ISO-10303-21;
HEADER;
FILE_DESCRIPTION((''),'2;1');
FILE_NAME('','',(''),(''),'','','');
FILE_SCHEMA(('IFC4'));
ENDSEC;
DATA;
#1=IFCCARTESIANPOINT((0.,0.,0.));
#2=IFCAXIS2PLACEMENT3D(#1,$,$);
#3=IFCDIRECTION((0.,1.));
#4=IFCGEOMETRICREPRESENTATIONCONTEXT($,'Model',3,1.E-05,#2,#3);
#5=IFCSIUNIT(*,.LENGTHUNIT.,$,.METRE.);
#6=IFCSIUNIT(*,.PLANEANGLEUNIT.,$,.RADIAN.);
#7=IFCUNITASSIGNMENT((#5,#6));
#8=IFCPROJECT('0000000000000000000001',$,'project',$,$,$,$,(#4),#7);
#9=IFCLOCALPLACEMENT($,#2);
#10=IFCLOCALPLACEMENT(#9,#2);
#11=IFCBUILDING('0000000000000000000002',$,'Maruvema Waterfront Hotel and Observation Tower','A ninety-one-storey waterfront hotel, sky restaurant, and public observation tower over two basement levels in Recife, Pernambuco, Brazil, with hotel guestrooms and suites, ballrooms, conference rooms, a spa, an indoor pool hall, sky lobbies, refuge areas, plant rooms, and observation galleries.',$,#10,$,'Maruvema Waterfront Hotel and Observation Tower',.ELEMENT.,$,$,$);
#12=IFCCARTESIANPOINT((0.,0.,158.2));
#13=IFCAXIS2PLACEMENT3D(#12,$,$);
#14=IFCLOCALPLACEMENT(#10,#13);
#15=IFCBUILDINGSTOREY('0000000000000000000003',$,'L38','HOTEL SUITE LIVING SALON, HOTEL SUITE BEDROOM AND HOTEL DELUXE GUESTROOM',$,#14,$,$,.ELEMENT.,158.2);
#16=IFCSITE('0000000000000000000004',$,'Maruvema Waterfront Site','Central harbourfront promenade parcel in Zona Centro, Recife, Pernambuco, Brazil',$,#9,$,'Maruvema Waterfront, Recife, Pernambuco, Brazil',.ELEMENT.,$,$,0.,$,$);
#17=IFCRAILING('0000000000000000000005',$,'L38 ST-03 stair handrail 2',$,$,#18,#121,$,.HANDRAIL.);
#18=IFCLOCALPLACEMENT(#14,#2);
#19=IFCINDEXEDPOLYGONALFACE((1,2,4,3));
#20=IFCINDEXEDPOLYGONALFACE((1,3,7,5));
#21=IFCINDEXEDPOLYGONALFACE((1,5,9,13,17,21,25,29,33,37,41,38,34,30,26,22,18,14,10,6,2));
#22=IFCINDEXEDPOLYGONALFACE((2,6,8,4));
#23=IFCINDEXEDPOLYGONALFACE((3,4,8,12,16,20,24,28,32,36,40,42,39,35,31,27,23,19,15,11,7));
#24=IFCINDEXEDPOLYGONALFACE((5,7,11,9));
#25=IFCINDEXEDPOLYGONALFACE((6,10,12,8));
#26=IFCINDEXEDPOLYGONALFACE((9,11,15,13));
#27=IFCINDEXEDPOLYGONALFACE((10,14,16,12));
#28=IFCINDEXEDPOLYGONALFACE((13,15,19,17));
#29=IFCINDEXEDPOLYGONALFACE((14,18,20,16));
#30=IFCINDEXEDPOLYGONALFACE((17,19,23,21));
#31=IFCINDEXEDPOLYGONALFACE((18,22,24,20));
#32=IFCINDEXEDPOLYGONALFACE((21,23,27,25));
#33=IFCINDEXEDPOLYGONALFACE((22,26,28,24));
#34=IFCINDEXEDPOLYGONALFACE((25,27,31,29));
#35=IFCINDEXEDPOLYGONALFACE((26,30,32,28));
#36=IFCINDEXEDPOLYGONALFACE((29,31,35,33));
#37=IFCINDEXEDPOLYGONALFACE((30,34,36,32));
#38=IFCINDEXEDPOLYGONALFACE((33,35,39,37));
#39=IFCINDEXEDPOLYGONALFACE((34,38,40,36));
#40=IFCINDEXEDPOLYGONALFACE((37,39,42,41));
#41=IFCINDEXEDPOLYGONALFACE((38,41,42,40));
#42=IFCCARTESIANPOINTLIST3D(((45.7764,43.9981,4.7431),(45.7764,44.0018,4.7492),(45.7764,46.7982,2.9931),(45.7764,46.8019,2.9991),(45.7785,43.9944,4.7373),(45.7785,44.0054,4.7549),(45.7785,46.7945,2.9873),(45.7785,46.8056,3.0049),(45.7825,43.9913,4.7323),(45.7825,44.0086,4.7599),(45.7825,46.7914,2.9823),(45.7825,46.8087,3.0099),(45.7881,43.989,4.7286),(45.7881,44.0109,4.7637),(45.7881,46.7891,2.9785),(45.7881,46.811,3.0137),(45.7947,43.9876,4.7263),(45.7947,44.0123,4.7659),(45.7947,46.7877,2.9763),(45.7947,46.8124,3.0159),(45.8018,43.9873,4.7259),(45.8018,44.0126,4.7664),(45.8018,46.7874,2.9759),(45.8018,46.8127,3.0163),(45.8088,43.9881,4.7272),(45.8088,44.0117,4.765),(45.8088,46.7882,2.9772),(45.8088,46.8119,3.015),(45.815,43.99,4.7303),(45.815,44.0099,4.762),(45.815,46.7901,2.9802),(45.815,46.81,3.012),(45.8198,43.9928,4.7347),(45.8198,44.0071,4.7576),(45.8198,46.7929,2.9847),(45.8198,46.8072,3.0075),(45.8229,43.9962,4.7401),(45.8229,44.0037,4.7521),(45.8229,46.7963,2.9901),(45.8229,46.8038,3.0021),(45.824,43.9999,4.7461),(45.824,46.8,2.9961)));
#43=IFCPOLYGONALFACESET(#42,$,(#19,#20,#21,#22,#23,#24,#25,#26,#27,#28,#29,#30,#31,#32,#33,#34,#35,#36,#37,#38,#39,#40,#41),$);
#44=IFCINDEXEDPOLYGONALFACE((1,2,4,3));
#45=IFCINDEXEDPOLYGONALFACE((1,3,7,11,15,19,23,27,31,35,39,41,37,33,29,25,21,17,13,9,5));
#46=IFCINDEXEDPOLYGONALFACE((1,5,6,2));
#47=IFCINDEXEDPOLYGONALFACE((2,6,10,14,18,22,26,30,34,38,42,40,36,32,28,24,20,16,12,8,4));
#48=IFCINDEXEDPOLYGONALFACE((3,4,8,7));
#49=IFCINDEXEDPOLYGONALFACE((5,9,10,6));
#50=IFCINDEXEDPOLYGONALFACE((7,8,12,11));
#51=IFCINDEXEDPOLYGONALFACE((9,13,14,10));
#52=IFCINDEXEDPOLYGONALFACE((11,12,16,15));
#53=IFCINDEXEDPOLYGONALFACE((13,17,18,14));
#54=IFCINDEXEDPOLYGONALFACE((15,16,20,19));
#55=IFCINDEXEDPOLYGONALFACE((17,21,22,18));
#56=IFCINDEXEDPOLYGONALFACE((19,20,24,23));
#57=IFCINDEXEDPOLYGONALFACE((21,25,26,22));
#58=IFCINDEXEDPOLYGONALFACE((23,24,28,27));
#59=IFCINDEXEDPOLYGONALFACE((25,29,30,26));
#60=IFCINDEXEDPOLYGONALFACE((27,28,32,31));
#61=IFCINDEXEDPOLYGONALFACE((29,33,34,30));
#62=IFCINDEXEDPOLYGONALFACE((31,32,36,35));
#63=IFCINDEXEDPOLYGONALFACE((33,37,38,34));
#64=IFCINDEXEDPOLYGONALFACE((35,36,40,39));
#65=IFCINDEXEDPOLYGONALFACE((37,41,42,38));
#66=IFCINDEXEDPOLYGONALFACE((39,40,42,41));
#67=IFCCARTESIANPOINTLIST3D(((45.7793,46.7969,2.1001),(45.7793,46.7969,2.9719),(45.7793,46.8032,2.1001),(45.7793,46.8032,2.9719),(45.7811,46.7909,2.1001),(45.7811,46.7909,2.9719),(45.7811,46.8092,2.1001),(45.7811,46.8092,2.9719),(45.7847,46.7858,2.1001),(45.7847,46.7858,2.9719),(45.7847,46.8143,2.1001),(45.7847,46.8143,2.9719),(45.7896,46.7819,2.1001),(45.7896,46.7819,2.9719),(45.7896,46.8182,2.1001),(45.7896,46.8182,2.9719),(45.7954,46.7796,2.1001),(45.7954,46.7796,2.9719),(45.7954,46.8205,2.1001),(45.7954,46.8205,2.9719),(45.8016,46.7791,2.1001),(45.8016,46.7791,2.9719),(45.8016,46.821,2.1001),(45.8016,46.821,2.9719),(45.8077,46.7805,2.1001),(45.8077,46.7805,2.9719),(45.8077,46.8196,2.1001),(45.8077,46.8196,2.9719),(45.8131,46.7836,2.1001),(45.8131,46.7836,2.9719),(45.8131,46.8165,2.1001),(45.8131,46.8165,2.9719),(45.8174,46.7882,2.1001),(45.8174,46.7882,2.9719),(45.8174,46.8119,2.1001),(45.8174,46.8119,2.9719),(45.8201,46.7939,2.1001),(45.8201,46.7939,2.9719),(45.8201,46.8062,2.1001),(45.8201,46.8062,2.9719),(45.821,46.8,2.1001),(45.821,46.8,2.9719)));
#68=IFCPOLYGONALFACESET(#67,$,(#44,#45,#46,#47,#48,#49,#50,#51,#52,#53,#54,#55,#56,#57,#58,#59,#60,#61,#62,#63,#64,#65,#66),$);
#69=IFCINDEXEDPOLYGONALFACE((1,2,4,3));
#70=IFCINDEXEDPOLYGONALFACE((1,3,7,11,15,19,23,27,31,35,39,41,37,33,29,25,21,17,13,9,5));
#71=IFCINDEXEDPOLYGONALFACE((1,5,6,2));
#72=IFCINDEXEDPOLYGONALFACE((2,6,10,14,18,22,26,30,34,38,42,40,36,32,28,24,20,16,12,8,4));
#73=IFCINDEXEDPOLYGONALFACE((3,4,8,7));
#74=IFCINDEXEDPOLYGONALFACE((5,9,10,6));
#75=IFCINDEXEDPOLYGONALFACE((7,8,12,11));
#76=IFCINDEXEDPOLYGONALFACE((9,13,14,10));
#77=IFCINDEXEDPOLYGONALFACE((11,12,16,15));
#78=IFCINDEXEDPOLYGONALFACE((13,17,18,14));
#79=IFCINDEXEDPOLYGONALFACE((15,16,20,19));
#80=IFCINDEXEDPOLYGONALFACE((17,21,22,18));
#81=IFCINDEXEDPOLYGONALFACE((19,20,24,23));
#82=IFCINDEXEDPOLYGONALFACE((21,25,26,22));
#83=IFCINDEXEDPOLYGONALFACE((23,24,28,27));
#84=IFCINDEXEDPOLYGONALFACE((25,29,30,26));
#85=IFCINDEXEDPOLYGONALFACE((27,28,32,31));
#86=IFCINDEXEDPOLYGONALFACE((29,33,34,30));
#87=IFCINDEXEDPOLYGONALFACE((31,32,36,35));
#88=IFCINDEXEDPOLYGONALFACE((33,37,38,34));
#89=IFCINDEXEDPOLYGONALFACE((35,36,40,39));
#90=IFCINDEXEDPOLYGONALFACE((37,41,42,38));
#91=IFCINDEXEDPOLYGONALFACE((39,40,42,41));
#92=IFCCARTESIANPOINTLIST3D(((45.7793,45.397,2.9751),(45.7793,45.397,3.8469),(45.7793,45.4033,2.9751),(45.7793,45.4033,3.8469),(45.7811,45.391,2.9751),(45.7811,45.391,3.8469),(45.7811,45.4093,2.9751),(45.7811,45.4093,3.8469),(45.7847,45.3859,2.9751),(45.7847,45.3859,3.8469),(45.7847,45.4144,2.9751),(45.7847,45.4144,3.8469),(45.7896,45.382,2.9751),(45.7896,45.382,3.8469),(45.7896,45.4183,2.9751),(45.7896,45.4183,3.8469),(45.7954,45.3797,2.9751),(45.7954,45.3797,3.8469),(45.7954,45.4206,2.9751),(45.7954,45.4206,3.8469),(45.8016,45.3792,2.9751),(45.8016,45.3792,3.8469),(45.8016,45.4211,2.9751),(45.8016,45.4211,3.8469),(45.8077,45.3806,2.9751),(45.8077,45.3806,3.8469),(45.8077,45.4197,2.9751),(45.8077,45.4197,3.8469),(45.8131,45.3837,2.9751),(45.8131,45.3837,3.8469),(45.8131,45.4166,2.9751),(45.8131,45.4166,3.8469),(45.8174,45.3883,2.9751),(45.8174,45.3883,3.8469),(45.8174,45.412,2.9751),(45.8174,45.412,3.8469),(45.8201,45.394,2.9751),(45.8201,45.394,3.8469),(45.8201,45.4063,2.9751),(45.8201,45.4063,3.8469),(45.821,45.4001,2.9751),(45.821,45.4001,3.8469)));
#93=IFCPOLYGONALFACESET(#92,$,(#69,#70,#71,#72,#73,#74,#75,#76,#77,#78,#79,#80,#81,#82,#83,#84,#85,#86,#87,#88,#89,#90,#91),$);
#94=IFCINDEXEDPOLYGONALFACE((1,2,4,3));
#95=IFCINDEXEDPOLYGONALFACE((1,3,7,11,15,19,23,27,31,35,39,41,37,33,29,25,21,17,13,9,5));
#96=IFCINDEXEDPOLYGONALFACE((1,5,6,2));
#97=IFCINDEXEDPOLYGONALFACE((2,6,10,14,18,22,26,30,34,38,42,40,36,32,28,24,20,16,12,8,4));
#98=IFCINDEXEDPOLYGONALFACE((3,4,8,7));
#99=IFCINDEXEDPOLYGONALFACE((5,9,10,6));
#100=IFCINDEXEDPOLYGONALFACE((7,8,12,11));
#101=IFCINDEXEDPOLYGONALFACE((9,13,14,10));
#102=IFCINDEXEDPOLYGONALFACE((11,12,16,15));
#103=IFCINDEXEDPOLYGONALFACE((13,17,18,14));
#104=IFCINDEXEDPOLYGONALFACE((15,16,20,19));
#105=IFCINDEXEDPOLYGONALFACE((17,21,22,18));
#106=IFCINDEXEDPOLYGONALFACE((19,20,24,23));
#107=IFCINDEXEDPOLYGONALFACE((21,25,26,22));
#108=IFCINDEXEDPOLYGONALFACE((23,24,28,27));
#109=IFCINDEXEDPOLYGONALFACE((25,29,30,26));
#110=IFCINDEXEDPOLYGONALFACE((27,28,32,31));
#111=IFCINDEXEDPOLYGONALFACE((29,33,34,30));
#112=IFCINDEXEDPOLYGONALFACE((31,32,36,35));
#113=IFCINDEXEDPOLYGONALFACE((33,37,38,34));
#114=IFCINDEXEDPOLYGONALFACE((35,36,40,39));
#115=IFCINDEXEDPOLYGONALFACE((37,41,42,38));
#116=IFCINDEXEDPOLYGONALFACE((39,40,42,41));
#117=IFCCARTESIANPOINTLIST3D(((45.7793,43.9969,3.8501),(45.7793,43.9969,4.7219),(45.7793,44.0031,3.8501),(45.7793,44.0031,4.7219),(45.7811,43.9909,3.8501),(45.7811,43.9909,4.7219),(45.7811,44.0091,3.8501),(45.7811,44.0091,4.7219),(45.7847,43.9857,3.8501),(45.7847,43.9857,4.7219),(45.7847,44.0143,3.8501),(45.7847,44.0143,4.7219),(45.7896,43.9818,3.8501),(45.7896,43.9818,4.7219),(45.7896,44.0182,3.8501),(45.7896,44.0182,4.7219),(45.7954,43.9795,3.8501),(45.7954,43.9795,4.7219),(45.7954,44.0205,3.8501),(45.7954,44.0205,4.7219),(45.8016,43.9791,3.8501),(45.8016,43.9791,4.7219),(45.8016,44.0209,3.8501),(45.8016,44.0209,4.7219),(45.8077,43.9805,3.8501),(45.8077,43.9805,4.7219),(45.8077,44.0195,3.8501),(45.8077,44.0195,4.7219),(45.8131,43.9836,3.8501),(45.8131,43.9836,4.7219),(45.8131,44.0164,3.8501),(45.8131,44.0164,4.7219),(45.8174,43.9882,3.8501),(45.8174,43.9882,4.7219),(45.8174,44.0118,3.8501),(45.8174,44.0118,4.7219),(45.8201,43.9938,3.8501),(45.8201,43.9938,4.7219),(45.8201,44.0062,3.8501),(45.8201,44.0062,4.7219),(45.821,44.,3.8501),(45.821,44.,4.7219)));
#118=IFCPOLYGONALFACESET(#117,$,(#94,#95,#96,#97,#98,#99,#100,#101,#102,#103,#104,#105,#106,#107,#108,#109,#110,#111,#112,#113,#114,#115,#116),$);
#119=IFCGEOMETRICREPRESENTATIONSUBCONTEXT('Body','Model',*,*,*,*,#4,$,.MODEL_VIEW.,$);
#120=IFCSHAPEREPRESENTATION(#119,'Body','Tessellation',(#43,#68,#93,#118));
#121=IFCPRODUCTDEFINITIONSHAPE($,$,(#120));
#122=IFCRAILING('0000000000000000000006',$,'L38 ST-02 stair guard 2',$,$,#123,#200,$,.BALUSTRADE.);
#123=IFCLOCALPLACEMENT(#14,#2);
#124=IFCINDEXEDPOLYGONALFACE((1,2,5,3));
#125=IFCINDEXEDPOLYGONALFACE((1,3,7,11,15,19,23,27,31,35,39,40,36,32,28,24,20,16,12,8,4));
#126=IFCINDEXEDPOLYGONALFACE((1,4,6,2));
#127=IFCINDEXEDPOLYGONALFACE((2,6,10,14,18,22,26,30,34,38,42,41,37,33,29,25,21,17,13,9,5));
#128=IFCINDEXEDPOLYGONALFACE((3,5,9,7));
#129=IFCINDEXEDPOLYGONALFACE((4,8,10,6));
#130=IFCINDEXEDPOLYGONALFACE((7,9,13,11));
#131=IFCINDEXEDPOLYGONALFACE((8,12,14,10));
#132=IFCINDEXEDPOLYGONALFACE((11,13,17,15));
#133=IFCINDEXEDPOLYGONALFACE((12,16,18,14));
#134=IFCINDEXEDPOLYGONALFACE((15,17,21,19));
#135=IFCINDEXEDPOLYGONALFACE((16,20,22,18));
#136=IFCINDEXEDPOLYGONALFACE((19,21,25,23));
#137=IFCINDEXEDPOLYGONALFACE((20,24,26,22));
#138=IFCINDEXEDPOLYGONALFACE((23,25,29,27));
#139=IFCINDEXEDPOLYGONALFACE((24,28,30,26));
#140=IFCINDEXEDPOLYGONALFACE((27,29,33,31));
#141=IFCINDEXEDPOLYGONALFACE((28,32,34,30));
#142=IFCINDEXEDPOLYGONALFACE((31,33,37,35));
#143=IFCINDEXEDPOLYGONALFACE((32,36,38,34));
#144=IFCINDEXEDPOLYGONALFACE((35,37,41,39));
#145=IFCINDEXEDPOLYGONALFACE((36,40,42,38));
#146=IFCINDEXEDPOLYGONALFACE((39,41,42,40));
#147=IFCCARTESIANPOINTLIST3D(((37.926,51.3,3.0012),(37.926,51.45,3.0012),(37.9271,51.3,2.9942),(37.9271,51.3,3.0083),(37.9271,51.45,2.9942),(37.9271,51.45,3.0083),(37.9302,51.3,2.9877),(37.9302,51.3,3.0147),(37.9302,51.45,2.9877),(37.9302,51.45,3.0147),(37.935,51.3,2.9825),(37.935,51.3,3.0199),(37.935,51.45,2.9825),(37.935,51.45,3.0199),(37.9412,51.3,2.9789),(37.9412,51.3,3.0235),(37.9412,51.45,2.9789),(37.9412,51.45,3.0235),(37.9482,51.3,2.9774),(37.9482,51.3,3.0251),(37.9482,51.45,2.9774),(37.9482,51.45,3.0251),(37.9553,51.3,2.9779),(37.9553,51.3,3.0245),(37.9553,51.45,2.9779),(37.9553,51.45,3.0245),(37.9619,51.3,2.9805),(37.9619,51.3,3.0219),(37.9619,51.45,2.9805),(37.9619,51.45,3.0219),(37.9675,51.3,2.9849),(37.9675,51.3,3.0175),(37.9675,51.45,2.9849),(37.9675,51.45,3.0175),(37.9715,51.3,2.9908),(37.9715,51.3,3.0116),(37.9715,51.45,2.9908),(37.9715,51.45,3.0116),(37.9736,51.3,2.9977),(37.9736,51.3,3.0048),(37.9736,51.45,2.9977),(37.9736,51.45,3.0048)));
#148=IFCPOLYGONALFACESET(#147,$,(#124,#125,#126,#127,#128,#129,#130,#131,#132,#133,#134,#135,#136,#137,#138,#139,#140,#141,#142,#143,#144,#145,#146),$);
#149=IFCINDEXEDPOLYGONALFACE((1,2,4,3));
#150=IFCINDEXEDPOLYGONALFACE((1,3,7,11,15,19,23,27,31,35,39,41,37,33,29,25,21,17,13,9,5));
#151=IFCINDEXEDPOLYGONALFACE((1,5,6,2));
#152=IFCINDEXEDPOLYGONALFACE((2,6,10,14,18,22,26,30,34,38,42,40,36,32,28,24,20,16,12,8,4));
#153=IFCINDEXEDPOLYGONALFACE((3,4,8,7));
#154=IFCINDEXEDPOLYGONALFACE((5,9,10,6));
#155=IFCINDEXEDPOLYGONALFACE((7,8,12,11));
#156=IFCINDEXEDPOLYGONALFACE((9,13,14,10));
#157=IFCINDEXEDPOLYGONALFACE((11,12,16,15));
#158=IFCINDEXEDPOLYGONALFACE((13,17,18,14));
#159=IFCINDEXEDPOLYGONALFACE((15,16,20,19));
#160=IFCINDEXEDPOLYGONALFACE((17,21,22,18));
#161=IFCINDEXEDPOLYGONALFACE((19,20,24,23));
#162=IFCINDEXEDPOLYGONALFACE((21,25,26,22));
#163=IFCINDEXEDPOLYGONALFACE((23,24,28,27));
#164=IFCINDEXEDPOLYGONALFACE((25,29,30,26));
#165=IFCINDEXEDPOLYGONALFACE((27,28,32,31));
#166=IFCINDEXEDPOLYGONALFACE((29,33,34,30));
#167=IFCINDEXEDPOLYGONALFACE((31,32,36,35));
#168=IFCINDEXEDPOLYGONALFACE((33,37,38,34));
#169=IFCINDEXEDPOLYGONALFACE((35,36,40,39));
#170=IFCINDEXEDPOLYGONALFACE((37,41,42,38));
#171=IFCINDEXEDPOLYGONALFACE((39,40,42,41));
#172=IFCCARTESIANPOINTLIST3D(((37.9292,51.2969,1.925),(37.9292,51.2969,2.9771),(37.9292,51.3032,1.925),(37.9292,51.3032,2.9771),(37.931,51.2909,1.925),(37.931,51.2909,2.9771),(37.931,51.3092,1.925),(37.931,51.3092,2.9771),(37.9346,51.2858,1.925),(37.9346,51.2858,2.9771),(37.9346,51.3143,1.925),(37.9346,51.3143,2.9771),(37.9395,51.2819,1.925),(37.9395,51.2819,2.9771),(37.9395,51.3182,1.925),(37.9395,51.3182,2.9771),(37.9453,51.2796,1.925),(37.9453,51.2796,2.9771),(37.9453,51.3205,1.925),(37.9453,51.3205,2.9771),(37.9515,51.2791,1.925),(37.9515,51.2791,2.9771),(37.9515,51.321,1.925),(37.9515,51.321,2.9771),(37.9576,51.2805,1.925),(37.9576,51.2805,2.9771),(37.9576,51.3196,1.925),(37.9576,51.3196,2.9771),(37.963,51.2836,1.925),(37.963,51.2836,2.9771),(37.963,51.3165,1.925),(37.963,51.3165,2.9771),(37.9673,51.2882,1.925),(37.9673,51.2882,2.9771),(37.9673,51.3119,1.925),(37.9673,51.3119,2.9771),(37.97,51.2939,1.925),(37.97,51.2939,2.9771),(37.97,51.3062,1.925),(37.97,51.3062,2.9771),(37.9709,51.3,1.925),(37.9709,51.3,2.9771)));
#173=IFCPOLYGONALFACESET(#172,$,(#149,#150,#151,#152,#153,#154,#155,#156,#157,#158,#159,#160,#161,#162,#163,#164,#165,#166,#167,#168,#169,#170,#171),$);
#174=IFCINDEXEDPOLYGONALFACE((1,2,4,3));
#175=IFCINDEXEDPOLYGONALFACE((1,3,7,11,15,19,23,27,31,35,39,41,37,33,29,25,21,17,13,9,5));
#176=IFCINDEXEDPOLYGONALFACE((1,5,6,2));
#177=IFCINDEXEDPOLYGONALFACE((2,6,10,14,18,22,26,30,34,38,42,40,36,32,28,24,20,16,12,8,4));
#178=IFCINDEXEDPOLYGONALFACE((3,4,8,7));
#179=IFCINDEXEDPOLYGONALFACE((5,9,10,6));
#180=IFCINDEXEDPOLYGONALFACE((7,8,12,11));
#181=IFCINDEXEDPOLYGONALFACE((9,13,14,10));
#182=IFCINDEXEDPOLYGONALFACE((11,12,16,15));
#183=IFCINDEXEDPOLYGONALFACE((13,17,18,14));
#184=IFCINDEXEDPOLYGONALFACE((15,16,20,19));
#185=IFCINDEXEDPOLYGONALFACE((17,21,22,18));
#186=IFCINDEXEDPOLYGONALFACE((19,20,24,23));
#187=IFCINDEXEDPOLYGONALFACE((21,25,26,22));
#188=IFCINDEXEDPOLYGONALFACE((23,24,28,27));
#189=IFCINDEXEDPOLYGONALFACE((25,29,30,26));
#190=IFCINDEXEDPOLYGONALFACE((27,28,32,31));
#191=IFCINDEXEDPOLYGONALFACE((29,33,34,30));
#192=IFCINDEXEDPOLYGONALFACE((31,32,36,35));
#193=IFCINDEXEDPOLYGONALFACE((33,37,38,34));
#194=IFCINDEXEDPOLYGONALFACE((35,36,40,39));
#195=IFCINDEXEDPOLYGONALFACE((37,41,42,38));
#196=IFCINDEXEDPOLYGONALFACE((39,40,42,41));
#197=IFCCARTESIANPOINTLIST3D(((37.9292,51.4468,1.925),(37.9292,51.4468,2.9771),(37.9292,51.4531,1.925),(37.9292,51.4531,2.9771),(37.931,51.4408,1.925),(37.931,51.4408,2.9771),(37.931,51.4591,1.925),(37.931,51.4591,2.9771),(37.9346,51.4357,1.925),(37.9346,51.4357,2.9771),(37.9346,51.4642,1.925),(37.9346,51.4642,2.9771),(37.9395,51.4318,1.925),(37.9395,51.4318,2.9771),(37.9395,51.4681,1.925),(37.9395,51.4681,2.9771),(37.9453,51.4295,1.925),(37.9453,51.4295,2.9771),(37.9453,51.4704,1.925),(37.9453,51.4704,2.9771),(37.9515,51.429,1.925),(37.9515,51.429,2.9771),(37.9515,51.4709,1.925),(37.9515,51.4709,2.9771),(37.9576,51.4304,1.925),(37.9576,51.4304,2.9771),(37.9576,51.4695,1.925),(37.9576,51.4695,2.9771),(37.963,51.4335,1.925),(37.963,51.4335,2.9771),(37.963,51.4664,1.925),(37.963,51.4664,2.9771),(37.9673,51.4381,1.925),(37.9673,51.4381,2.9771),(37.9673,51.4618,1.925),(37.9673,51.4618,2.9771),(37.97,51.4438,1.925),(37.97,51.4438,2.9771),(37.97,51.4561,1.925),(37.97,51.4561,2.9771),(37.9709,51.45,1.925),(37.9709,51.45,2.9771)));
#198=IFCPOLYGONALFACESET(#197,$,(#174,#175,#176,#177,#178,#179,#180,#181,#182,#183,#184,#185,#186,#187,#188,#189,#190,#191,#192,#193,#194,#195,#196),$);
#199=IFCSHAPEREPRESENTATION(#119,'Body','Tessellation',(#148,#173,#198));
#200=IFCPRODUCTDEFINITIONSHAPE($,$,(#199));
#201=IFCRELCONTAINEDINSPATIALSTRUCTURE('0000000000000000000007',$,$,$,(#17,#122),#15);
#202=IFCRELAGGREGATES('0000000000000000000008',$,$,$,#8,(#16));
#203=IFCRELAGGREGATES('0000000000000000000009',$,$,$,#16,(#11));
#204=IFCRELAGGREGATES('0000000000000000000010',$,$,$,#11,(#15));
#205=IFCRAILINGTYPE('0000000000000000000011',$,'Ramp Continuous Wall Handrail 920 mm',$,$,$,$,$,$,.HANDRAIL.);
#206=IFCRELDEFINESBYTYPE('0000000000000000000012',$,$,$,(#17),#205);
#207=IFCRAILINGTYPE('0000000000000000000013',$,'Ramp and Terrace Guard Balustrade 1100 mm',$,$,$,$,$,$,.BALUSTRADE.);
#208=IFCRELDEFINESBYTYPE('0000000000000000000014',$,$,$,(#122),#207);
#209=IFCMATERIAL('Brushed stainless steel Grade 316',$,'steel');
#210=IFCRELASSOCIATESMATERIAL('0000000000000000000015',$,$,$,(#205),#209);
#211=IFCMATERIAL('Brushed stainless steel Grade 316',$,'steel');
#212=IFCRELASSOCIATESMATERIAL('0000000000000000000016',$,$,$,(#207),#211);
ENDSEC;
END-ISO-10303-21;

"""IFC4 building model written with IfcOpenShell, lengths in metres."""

from ifc_helpers import new_model, si_unit, direction, frame, origin, origin_2d, place, context, subcontext, project, spatial, circle, extrude, material, type_object, element, save


model = new_model("IFC4")

# Units and contexts
model_context = context("Model", 3, precision=1e-05, world=origin(), true_north=direction((0.0, 1.0)))
body_context = subcontext(model_context, "Body", "Model", "MODEL_VIEW")
ifc_project = project(units=[si_unit("LENGTHUNIT", "METRE"), si_unit("PLANEANGLEUNIT", "RADIAN")], contexts=[model_context])

# Site, building, storey
site_placement = place(None, origin())
site = spatial("IfcSite", under=ifc_project, at=site_placement, Name="Maruvema Waterfront Site", Description="Central harbourfront promenade parcel in Zona Centro, Recife, Pernambuco, Brazil", LongName="Maruvema Waterfront, Recife, Pernambuco, Brazil", CompositionType="ELEMENT", RefElevation=0.0)
building_placement = place(site_placement, origin())
building = spatial("IfcBuilding", under=site, at=building_placement, Name="Maruvema Waterfront Hotel and Observation Tower", Description="A ninety-one-storey waterfront hotel, sky restaurant, and public observation tower over two basement levels in Recife, Pernambuco, Brazil, with hotel guestrooms and suites, ballrooms, conference rooms, a spa, an indoor pool hall, sky lobbies, refuge areas, plant rooms, and observation galleries.", LongName="Maruvema Waterfront Hotel and Observation Tower", CompositionType="ELEMENT")
storey_placement = place(building_placement, frame((0.0, 0.0, 158.2)))
storey = spatial("IfcBuildingStorey", under=building, at=storey_placement, Name="L38", Description="HOTEL SUITE LIVING SALON, HOTEL SUITE BEDROOM AND HOTEL DELUXE GUESTROOM", CompositionType="ELEMENT", Elevation=158.2)

# Railings
ifc_material_1 = material(Name="Brushed stainless steel Grade 316", Category="steel")
railing_type_1 = type_object("IfcRailingType", Name="Ramp Continuous Wall Handrail 920 mm", PredefinedType="HANDRAIL", material=ifc_material_1)
railing_1_placement = place(storey_placement, frame((45.8, 46.8, 2.1001)))
element("IfcRailing", 1, at=railing_1_placement, inside=storey, type_object=railing_type_1, Name="L38 ST-03 stair handrail 2", PredefinedType="HANDRAIL", context=body_context, shape_type="SweptSolid", body=[
    extrude(circle(Radius=0.0239, at=origin_2d()), frame((0.0, 0.0, 0.896), z_axis=(0.0, -0.848002, 0.529992), x_axis=(1.0, 0.0, 0.0)), (0.0, 0.0, 1.0), 3.302),
    extrude(circle(Radius=0.021, at=origin_2d()), origin(), (0.0, 0.0, 1.0), 0.8718),
    extrude(circle(Radius=0.021, at=origin_2d()), frame((0.0, -1.3999, 0.875)), (0.0, 0.0, 1.0), 0.8718),
    extrude(circle(Radius=0.021, at=origin_2d()), frame((0.0, -2.8, 1.75)), (0.0, 0.0, 1.0), 0.8718),
])
ifc_material_2 = material(Name="Brushed stainless steel Grade 316", Category="steel")
railing_type_2 = type_object("IfcRailingType", Name="Ramp and Terrace Guard Balustrade 1100 mm", PredefinedType="BALUSTRADE", material=ifc_material_2)
railing_2_placement = place(storey_placement, frame((37.95, 51.3, 1.925)))
element("IfcRailing", 2, at=railing_2_placement, inside=storey, type_object=railing_type_2, Name="L38 ST-02 stair guard 2", PredefinedType="BALUSTRADE", context=body_context, shape_type="SweptSolid", body=[
    extrude(circle(Radius=0.0239, at=origin_2d()), frame((0.0, 0.0, 1.0762), z_axis=(0.0, 1.0, 0.0), x_axis=(-1.0, 0.0, 0.0)), (0.0, 0.0, 1.0), 0.1499),
    extrude(circle(Radius=0.021, at=origin_2d()), origin(), (0.0, 0.0, 1.0), 1.052),
    extrude(circle(Radius=0.021, at=origin_2d()), frame((0.0, 0.1499, 0.0)), (0.0, 0.0, 1.0), 1.052),
])

save(model, "model.ifc")
